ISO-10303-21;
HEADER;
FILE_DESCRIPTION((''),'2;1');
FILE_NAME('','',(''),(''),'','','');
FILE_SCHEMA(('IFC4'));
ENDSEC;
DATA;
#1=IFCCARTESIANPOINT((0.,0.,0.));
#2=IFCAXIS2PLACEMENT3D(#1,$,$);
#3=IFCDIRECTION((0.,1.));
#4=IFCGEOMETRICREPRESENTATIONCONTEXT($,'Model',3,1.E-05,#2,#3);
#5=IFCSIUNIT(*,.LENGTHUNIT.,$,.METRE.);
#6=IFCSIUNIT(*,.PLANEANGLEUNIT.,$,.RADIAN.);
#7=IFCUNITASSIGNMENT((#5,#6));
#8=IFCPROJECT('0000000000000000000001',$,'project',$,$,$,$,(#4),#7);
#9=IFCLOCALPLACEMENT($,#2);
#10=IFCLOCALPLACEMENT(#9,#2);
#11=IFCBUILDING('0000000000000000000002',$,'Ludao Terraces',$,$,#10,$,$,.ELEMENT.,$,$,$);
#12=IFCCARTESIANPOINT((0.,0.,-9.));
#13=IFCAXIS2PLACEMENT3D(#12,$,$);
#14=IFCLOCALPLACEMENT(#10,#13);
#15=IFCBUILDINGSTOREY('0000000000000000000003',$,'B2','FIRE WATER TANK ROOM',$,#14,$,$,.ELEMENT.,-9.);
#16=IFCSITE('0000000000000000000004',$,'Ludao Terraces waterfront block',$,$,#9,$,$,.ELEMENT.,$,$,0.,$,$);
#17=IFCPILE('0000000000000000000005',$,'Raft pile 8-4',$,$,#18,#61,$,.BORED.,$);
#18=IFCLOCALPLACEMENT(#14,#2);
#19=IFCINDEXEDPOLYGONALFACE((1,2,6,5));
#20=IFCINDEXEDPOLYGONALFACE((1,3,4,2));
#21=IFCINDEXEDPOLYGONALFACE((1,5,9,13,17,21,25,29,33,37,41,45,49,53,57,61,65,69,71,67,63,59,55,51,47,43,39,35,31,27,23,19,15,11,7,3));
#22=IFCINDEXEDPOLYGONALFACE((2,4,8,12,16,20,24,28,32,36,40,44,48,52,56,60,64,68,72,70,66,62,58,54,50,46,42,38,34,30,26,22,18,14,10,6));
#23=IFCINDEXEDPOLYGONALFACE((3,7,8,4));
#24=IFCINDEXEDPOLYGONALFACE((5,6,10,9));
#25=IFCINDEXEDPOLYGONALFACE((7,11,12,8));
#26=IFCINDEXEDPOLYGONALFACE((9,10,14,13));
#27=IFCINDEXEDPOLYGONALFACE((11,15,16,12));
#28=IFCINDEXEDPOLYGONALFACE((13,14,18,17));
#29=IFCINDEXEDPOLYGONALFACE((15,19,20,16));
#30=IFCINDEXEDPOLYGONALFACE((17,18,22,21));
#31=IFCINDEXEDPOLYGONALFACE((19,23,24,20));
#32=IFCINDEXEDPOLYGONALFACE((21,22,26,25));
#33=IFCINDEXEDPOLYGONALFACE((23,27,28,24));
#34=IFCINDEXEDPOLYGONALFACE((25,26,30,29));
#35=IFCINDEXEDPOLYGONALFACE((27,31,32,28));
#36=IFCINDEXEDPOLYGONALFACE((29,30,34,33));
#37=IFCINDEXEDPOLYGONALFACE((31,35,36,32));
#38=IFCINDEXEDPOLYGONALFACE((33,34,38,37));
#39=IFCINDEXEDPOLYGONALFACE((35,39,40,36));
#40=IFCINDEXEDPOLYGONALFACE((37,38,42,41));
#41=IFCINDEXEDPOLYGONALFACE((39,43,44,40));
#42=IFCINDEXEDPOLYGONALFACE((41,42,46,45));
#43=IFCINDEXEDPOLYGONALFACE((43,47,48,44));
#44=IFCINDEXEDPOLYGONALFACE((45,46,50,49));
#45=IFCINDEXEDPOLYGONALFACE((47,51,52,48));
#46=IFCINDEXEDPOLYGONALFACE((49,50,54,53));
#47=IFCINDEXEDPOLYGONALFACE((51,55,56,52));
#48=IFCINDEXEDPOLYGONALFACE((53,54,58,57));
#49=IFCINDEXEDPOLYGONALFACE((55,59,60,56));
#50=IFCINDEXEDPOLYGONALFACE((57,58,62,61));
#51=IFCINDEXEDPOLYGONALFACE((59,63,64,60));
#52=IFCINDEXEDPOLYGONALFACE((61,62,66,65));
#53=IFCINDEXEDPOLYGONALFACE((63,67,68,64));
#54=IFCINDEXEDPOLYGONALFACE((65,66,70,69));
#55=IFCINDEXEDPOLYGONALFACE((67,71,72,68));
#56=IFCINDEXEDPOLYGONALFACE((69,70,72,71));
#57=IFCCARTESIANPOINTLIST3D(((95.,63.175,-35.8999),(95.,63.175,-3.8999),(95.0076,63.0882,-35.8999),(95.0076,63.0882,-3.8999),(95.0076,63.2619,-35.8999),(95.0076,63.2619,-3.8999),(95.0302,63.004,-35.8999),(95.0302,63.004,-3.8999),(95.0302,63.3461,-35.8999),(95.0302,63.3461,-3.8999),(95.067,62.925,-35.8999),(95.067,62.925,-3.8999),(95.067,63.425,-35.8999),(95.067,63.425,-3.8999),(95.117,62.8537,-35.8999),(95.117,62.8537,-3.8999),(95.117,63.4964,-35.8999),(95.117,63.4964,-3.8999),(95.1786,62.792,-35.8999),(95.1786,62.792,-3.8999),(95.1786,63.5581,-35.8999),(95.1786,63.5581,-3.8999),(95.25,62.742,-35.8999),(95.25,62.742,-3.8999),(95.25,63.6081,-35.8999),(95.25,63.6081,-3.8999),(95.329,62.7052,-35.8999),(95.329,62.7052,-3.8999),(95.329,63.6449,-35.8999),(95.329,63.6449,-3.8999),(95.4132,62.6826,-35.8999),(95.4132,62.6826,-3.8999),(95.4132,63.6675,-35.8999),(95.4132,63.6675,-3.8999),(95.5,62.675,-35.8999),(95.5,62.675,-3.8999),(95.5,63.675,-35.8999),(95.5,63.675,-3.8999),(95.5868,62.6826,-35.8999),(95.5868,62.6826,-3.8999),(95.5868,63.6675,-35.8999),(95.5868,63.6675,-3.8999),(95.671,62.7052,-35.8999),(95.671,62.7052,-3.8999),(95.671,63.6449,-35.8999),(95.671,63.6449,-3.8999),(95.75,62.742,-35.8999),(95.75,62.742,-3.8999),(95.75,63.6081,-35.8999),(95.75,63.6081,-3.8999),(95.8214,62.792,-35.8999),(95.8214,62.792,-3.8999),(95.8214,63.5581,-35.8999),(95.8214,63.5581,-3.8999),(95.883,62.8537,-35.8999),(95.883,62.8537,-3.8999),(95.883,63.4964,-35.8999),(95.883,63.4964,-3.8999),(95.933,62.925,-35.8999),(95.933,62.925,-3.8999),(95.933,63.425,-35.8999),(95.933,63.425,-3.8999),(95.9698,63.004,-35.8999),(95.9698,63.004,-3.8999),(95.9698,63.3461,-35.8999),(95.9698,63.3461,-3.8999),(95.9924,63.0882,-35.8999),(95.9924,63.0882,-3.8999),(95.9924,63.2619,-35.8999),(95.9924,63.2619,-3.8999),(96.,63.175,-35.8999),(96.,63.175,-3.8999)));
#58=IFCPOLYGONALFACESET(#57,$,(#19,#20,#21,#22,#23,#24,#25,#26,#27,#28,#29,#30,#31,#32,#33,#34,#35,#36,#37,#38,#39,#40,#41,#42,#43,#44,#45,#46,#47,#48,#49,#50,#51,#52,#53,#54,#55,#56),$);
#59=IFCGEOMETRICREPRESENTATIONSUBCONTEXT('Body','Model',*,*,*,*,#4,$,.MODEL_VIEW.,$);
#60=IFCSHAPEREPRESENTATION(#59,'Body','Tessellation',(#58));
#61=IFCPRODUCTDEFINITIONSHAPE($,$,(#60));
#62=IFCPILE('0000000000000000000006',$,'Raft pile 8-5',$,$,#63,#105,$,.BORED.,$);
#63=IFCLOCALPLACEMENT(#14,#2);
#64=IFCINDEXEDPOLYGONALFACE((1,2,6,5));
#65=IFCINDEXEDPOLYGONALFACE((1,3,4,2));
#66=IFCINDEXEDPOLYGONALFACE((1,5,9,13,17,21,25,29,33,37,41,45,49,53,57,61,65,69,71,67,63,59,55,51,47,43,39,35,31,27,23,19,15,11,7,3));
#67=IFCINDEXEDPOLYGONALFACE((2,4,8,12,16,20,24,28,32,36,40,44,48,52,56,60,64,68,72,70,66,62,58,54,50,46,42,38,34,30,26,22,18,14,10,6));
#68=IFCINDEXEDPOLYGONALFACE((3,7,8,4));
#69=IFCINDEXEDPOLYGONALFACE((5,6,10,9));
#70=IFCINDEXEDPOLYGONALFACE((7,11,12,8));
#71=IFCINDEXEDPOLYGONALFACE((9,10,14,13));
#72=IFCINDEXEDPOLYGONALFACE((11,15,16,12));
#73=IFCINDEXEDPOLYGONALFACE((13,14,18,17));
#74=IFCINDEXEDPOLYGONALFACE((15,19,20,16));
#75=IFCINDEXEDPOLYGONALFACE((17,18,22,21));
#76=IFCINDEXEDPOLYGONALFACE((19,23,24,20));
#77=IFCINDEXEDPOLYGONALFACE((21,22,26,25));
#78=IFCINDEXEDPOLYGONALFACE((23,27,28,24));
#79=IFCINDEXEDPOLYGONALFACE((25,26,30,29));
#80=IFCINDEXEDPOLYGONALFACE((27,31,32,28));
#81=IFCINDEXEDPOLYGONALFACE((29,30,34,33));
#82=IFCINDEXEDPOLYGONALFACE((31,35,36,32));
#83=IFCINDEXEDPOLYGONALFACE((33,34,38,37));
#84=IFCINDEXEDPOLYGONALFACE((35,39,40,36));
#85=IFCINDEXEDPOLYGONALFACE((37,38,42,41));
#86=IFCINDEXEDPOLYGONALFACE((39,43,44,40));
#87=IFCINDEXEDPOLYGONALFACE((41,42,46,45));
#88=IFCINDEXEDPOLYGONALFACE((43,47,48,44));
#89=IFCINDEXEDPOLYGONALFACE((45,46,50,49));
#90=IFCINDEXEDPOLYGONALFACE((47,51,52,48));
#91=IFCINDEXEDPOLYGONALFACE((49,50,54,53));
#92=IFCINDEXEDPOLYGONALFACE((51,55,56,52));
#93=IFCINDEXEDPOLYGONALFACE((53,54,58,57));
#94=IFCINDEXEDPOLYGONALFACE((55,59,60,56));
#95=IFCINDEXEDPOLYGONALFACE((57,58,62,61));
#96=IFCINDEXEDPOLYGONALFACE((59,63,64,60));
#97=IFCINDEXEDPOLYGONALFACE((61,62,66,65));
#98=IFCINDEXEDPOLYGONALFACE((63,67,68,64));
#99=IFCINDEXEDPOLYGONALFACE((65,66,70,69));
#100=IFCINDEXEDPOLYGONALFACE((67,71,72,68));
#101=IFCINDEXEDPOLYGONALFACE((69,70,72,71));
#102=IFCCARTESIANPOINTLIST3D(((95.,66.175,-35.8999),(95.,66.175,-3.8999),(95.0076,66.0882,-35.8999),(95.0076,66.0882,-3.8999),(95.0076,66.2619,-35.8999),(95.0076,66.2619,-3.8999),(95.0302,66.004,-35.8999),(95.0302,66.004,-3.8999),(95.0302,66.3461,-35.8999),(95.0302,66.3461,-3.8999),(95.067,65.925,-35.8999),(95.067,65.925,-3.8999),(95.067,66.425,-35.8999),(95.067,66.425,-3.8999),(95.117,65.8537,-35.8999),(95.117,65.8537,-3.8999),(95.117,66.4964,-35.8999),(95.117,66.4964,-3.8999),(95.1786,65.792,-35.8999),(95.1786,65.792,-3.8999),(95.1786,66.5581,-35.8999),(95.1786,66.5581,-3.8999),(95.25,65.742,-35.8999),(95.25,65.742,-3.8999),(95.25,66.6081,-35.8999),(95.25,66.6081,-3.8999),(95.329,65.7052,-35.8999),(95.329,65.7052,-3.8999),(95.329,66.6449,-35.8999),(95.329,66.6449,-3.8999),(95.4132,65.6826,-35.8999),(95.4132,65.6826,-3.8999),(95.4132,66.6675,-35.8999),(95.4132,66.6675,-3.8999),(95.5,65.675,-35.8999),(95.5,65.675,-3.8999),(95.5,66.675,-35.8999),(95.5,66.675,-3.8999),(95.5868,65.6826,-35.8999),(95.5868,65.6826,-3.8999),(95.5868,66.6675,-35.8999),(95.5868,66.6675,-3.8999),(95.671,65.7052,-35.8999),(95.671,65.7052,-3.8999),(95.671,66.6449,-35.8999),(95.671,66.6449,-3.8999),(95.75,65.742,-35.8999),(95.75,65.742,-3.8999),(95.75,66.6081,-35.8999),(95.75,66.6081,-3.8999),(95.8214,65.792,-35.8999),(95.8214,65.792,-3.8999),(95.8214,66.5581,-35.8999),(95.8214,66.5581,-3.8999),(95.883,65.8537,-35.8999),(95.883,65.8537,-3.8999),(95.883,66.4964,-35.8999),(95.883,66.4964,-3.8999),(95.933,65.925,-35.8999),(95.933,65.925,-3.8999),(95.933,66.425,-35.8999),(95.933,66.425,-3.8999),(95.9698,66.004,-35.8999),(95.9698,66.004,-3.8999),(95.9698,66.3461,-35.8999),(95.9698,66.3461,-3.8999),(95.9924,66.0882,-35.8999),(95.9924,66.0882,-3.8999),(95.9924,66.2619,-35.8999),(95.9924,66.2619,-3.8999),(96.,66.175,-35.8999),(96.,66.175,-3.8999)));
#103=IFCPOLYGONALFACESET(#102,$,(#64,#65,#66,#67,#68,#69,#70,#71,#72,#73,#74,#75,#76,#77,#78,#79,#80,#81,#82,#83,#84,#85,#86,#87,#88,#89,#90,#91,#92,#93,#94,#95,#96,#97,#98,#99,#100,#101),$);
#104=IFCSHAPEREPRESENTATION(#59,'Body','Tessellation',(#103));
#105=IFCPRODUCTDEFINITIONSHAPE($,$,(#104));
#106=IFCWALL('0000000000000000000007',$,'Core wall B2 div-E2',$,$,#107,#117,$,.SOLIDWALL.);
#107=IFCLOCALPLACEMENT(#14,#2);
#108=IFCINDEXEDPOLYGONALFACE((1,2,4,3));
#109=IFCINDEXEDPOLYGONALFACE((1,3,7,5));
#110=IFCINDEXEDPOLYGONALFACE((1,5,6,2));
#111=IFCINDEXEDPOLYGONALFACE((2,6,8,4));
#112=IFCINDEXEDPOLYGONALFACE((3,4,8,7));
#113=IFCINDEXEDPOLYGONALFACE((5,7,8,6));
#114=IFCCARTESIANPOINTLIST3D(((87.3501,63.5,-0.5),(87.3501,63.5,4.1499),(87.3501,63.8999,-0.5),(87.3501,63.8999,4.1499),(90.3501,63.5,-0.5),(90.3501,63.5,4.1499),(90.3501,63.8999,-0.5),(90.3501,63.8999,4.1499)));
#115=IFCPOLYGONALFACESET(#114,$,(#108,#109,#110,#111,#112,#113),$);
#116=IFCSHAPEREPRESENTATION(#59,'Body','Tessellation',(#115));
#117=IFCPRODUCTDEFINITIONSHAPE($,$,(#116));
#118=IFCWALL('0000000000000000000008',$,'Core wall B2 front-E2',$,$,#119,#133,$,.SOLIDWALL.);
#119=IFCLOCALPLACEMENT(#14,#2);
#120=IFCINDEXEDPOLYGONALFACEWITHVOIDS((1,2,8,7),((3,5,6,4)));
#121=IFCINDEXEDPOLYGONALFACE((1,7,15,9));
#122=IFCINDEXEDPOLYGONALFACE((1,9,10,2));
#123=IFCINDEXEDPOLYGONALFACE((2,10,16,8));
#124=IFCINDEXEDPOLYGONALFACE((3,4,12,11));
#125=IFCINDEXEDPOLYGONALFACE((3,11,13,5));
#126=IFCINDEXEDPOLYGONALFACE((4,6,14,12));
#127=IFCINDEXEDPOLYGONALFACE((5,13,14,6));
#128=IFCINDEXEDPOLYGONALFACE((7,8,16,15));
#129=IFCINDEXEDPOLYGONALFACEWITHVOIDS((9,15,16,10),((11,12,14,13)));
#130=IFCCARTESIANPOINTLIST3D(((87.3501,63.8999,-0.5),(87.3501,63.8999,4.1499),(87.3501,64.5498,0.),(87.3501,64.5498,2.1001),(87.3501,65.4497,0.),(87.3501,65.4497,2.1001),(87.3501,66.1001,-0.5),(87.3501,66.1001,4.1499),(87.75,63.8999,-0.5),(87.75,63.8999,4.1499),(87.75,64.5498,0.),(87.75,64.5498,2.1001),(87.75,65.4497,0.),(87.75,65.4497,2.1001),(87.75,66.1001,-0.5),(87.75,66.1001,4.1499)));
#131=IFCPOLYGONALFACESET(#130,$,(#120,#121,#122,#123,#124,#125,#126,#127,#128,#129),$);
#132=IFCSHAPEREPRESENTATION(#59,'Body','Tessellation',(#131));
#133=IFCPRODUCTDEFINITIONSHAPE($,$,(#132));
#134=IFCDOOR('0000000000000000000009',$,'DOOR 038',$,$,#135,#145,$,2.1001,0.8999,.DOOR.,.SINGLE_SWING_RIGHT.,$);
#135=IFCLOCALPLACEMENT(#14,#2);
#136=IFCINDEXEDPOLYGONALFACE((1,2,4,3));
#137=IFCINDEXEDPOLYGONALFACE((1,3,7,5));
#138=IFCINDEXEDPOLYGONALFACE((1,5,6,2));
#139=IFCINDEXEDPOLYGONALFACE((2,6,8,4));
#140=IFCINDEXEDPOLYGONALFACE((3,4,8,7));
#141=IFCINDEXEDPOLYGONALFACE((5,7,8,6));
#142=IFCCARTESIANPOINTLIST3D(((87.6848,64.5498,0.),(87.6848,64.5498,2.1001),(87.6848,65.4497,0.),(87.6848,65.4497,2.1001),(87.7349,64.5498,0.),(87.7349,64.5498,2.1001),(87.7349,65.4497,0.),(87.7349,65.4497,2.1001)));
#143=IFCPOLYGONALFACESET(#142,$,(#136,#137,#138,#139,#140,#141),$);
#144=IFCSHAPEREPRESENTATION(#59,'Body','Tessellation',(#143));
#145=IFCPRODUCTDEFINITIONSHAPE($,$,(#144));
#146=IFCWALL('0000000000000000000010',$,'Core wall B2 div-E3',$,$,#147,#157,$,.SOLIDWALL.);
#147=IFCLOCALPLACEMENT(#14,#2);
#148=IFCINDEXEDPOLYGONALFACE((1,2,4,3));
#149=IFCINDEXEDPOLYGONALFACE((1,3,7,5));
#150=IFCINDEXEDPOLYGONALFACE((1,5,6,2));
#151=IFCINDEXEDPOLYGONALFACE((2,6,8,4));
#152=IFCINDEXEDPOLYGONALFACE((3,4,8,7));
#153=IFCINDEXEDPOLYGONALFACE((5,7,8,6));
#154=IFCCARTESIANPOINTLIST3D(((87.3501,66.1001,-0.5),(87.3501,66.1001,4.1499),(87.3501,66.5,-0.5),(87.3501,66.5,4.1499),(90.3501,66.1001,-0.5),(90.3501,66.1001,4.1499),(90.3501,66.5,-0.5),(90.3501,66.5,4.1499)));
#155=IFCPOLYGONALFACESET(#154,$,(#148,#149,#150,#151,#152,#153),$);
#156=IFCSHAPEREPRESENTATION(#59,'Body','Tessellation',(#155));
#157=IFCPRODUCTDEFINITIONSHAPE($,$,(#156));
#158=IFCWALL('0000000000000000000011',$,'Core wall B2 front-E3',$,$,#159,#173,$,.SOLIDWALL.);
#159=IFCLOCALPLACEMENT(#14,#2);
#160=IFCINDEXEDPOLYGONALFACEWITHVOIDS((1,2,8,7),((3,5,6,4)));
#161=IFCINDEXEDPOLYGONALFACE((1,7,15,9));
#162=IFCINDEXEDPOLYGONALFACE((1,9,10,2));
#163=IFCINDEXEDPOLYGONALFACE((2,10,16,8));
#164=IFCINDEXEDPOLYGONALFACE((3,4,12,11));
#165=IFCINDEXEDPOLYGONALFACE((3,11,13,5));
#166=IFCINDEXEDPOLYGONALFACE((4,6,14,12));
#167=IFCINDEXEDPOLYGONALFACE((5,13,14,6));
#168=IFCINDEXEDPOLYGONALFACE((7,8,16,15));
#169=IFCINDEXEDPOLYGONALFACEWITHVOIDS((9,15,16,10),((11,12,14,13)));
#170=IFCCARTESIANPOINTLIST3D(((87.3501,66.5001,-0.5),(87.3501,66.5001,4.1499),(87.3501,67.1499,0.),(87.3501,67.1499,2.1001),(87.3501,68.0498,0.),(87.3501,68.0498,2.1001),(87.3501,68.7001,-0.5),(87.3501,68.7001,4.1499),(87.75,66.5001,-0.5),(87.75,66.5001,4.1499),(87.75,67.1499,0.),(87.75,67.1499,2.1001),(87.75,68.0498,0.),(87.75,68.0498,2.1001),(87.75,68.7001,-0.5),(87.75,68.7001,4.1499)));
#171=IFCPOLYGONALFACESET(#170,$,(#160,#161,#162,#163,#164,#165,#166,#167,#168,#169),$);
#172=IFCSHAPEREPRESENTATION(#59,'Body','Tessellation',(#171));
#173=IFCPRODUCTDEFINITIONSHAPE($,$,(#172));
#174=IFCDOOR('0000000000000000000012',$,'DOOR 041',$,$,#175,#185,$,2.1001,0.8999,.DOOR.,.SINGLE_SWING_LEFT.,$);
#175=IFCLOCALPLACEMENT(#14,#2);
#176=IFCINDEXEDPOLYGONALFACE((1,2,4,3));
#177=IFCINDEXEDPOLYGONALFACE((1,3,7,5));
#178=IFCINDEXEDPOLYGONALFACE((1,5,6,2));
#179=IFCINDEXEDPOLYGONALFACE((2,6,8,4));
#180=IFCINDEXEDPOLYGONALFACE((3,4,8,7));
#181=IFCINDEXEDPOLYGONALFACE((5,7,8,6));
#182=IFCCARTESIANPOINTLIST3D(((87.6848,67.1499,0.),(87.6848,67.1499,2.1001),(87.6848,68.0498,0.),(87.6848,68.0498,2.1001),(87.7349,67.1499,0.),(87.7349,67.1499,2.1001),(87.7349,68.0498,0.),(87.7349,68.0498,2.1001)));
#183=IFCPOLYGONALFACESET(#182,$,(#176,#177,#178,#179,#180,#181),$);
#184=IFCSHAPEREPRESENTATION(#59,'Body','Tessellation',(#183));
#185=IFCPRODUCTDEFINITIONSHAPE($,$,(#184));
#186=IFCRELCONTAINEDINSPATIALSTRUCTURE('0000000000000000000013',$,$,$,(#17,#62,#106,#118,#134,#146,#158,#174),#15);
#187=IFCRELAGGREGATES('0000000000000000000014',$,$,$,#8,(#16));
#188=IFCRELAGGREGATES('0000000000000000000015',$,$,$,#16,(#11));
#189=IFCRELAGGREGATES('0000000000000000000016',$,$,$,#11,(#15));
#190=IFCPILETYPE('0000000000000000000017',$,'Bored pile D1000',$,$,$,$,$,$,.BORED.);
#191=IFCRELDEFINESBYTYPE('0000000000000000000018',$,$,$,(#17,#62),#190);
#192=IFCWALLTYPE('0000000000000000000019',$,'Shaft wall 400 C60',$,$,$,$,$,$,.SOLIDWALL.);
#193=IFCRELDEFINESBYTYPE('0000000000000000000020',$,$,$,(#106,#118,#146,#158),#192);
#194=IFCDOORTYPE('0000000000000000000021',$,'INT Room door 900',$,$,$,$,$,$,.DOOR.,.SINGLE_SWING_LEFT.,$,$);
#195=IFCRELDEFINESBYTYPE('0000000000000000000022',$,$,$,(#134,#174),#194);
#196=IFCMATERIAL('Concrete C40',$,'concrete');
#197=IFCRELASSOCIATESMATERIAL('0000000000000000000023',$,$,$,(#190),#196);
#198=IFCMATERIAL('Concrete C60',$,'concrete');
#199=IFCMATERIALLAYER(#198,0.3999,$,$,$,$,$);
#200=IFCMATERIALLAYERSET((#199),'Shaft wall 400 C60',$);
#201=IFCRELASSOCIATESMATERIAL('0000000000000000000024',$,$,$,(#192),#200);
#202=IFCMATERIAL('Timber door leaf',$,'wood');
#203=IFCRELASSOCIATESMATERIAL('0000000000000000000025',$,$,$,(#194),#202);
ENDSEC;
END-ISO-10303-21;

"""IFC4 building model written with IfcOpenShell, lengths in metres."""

from ifc_helpers import new_model, si_unit, direction, frame, frame_2d, origin, origin_2d, place, context, subcontext, project, spatial, rectangle, circle, extrude, material, layer, layer_set, material_profile, profile_set, type_object, element, fill, save


model = new_model("IFC4")

# Units and contexts
model_context = context("Model", 3, precision=1e-05, world=origin(), true_north=direction((0.0, 1.0)))
body_context = subcontext(model_context, "Body", "Model", "MODEL_VIEW")
ifc_project = project(units=[si_unit("LENGTHUNIT", "METRE"), si_unit("PLANEANGLEUNIT", "RADIAN")], contexts=[model_context])

# Site, building, storey
site_placement = place(None, origin())
site = spatial("IfcSite", under=ifc_project, at=site_placement, Name="Ludao Terraces waterfront block", CompositionType="ELEMENT", RefElevation=0.0)
building_placement = place(site_placement, origin())
building = spatial("IfcBuilding", under=site, at=building_placement, Name="Ludao Terraces", CompositionType="ELEMENT")
storey_placement = place(building_placement, frame((0.0, 0.0, -9.0)))
storey = spatial("IfcBuildingStorey", under=building, at=storey_placement, Name="B2", Description="FIRE WATER TANK ROOM", CompositionType="ELEMENT", Elevation=-9.0)

# Piles
ifc_material_1 = material(Name="Concrete C40", Category="concrete")
ifc_material_profile = material_profile(ifc_material_1, circle(Radius=0.5, at=origin_2d()), Name="D1000 BORED PILE")
ifc_profile_set = profile_set([ifc_material_profile], Name="Concrete C40")
pile_type = type_object("IfcPileType", Name="Bored pile D1000", PredefinedType="BORED", material=ifc_profile_set)
for number, where, z_axis, x_axis, name in (
    (1, (95.5, 63.175, -3.8999), (0.0, 0.0, -1.0), (1.0, 0.0, 0.0), "Raft pile 8-4"),
    (2, (95.5, 66.175, -3.8999), (0.0, 0.0, -1.0), (1.0, 0.0, 0.0), "Raft pile 8-5"),
):
    element("IfcPile", number, at=place(storey_placement, frame(where, z_axis=z_axis, x_axis=x_axis)), inside=storey, type_object=pile_type, Name=name, PredefinedType="BORED", context=body_context, shape_type="SweptSolid", body=[
        extrude(circle(Radius=0.5, at=origin_2d()), origin(), (0.0, 0.0, 1.0), 32.0),
    ])

# Wall
ifc_material_2 = material(Name="Concrete C60", Category="concrete")
ifc_layer = layer(ifc_material_2, 0.3999)
ifc_layer_set = layer_set([ifc_layer], Name="Shaft wall 400 C60")
wall_type = type_object("IfcWallType", Name="Shaft wall 400 C60", PredefinedType="SOLIDWALL", material=ifc_layer_set)
wall_1_placement = place(storey_placement, frame((87.3501, 63.7, -0.5), z_axis=(0.0, 0.0, 1.0), x_axis=(1.0, 0.0, 0.0)))
element("IfcWall", 3, at=wall_1_placement, inside=storey, type_object=wall_type, Name="Core wall B2 div-E2", PredefinedType="SOLIDWALL", context=body_context, shape_type="SweptSolid", body=[
    extrude(rectangle(XDim=3.0, YDim=0.3999, at=frame_2d((1.5, 0.0))), origin(), (0.0, 0.0, 1.0), 4.6499),
])

# Wall, opening, door
wall_2_placement = place(storey_placement, frame((87.55, 63.8999, -0.5), z_axis=(0.0, 0.0, 1.0), x_axis=(0.0, 1.0, 0.0)))
wall_2 = element("IfcWall", 4, at=wall_2_placement, inside=storey, type_object=wall_type, Name="Core wall B2 front-E2", PredefinedType="SOLIDWALL", context=body_context, shape_type="SweptSolid", body=[
    extrude(rectangle(XDim=2.2002, YDim=0.3999, at=frame_2d((1.1001, 0.0))), origin(), (0.0, 0.0, 1.0), 4.6499),
])
opening_1_placement = place(wall_2_placement, frame((0.6499, 0.0, 0.5)))
opening_1 = element("IfcOpeningElement", 5, at=opening_1_placement, cuts=wall_2, PredefinedType="OPENING", context=body_context, shape_type="SweptSolid", body=[
    extrude(rectangle(XDim=0.8999, YDim=2.1001, at=frame_2d((0.45, 1.05))), frame((0.0, 0.21, 0.0), z_axis=(0.0, -1.0, 0.0), x_axis=(1.0, 0.0, 0.0)), (0.0, 0.0, 1.0), 0.4199),
])
ifc_material_3 = material(Name="Timber door leaf", Category="wood")
door_type = type_object("IfcDoorType", Name="INT Room door 900", OperationType="SINGLE_SWING_LEFT", PredefinedType="DOOR", material=ifc_material_3)
door_1_placement = place(opening_1_placement, origin())
door_1 = element("IfcDoor", 6, at=door_1_placement, inside=storey, type_object=door_type, Name="DOOR 038", OperationType="SINGLE_SWING_RIGHT", OverallHeight=2.1001, OverallWidth=0.8999, PredefinedType="DOOR", context=body_context, shape_type="SweptSolid", body=[
    extrude(rectangle(XDim=0.8999, YDim=2.1001, at=frame_2d((0.45, 1.05))), frame((0.0, -0.1348, 0.0), z_axis=(0.0, -1.0, 0.0), x_axis=(1.0, 0.0, 0.0)), (0.0, 0.0, 1.0), 0.05),
])
fill(opening_1, door_1)

# Wall
wall_3_placement = place(storey_placement, frame((87.3501, 66.3, -0.5), z_axis=(0.0, 0.0, 1.0), x_axis=(1.0, 0.0, 0.0)))
element("IfcWall", 7, at=wall_3_placement, inside=storey, type_object=wall_type, Name="Core wall B2 div-E3", PredefinedType="SOLIDWALL", context=body_context, shape_type="SweptSolid", body=[
    extrude(rectangle(XDim=3.0, YDim=0.3999, at=frame_2d((1.5, 0.0))), origin(), (0.0, 0.0, 1.0), 4.6499),
])

# Wall, opening, door
wall_4_placement = place(storey_placement, frame((87.55, 66.5, -0.5), z_axis=(0.0, 0.0, 1.0), x_axis=(0.0, 1.0, 0.0)))
wall_4 = element("IfcWall", 8, at=wall_4_placement, inside=storey, type_object=wall_type, Name="Core wall B2 front-E3", PredefinedType="SOLIDWALL", context=body_context, shape_type="SweptSolid", body=[
    extrude(rectangle(XDim=2.2, YDim=0.3999, at=frame_2d((1.1001, 0.0))), origin(), (0.0, 0.0, 1.0), 4.6499),
])
opening_2_placement = place(wall_4_placement, frame((0.6499, 0.0, 0.5)))
opening_2 = element("IfcOpeningElement", 9, at=opening_2_placement, cuts=wall_4, PredefinedType="OPENING", context=body_context, shape_type="SweptSolid", body=[
    extrude(rectangle(XDim=0.8999, YDim=2.1001, at=frame_2d((0.45, 1.05))), frame((0.0, 0.21, 0.0), z_axis=(0.0, -1.0, 0.0), x_axis=(1.0, 0.0, 0.0)), (0.0, 0.0, 1.0), 0.4199),
])
door_2_placement = place(opening_2_placement, origin())
door_2 = element("IfcDoor", 10, at=door_2_placement, inside=storey, type_object=door_type, Name="DOOR 041", OperationType="SINGLE_SWING_LEFT", OverallHeight=2.1001, OverallWidth=0.8999, PredefinedType="DOOR", context=body_context, shape_type="SweptSolid", body=[
    extrude(rectangle(XDim=0.8999, YDim=2.1001, at=frame_2d((0.45, 1.05))), frame((0.0, -0.1348, 0.0), z_axis=(0.0, -1.0, 0.0), x_axis=(1.0, 0.0, 0.0)), (0.0, 0.0, 1.0), 0.05),
])
fill(opening_2, door_2)

save(model, "model.ifc")
